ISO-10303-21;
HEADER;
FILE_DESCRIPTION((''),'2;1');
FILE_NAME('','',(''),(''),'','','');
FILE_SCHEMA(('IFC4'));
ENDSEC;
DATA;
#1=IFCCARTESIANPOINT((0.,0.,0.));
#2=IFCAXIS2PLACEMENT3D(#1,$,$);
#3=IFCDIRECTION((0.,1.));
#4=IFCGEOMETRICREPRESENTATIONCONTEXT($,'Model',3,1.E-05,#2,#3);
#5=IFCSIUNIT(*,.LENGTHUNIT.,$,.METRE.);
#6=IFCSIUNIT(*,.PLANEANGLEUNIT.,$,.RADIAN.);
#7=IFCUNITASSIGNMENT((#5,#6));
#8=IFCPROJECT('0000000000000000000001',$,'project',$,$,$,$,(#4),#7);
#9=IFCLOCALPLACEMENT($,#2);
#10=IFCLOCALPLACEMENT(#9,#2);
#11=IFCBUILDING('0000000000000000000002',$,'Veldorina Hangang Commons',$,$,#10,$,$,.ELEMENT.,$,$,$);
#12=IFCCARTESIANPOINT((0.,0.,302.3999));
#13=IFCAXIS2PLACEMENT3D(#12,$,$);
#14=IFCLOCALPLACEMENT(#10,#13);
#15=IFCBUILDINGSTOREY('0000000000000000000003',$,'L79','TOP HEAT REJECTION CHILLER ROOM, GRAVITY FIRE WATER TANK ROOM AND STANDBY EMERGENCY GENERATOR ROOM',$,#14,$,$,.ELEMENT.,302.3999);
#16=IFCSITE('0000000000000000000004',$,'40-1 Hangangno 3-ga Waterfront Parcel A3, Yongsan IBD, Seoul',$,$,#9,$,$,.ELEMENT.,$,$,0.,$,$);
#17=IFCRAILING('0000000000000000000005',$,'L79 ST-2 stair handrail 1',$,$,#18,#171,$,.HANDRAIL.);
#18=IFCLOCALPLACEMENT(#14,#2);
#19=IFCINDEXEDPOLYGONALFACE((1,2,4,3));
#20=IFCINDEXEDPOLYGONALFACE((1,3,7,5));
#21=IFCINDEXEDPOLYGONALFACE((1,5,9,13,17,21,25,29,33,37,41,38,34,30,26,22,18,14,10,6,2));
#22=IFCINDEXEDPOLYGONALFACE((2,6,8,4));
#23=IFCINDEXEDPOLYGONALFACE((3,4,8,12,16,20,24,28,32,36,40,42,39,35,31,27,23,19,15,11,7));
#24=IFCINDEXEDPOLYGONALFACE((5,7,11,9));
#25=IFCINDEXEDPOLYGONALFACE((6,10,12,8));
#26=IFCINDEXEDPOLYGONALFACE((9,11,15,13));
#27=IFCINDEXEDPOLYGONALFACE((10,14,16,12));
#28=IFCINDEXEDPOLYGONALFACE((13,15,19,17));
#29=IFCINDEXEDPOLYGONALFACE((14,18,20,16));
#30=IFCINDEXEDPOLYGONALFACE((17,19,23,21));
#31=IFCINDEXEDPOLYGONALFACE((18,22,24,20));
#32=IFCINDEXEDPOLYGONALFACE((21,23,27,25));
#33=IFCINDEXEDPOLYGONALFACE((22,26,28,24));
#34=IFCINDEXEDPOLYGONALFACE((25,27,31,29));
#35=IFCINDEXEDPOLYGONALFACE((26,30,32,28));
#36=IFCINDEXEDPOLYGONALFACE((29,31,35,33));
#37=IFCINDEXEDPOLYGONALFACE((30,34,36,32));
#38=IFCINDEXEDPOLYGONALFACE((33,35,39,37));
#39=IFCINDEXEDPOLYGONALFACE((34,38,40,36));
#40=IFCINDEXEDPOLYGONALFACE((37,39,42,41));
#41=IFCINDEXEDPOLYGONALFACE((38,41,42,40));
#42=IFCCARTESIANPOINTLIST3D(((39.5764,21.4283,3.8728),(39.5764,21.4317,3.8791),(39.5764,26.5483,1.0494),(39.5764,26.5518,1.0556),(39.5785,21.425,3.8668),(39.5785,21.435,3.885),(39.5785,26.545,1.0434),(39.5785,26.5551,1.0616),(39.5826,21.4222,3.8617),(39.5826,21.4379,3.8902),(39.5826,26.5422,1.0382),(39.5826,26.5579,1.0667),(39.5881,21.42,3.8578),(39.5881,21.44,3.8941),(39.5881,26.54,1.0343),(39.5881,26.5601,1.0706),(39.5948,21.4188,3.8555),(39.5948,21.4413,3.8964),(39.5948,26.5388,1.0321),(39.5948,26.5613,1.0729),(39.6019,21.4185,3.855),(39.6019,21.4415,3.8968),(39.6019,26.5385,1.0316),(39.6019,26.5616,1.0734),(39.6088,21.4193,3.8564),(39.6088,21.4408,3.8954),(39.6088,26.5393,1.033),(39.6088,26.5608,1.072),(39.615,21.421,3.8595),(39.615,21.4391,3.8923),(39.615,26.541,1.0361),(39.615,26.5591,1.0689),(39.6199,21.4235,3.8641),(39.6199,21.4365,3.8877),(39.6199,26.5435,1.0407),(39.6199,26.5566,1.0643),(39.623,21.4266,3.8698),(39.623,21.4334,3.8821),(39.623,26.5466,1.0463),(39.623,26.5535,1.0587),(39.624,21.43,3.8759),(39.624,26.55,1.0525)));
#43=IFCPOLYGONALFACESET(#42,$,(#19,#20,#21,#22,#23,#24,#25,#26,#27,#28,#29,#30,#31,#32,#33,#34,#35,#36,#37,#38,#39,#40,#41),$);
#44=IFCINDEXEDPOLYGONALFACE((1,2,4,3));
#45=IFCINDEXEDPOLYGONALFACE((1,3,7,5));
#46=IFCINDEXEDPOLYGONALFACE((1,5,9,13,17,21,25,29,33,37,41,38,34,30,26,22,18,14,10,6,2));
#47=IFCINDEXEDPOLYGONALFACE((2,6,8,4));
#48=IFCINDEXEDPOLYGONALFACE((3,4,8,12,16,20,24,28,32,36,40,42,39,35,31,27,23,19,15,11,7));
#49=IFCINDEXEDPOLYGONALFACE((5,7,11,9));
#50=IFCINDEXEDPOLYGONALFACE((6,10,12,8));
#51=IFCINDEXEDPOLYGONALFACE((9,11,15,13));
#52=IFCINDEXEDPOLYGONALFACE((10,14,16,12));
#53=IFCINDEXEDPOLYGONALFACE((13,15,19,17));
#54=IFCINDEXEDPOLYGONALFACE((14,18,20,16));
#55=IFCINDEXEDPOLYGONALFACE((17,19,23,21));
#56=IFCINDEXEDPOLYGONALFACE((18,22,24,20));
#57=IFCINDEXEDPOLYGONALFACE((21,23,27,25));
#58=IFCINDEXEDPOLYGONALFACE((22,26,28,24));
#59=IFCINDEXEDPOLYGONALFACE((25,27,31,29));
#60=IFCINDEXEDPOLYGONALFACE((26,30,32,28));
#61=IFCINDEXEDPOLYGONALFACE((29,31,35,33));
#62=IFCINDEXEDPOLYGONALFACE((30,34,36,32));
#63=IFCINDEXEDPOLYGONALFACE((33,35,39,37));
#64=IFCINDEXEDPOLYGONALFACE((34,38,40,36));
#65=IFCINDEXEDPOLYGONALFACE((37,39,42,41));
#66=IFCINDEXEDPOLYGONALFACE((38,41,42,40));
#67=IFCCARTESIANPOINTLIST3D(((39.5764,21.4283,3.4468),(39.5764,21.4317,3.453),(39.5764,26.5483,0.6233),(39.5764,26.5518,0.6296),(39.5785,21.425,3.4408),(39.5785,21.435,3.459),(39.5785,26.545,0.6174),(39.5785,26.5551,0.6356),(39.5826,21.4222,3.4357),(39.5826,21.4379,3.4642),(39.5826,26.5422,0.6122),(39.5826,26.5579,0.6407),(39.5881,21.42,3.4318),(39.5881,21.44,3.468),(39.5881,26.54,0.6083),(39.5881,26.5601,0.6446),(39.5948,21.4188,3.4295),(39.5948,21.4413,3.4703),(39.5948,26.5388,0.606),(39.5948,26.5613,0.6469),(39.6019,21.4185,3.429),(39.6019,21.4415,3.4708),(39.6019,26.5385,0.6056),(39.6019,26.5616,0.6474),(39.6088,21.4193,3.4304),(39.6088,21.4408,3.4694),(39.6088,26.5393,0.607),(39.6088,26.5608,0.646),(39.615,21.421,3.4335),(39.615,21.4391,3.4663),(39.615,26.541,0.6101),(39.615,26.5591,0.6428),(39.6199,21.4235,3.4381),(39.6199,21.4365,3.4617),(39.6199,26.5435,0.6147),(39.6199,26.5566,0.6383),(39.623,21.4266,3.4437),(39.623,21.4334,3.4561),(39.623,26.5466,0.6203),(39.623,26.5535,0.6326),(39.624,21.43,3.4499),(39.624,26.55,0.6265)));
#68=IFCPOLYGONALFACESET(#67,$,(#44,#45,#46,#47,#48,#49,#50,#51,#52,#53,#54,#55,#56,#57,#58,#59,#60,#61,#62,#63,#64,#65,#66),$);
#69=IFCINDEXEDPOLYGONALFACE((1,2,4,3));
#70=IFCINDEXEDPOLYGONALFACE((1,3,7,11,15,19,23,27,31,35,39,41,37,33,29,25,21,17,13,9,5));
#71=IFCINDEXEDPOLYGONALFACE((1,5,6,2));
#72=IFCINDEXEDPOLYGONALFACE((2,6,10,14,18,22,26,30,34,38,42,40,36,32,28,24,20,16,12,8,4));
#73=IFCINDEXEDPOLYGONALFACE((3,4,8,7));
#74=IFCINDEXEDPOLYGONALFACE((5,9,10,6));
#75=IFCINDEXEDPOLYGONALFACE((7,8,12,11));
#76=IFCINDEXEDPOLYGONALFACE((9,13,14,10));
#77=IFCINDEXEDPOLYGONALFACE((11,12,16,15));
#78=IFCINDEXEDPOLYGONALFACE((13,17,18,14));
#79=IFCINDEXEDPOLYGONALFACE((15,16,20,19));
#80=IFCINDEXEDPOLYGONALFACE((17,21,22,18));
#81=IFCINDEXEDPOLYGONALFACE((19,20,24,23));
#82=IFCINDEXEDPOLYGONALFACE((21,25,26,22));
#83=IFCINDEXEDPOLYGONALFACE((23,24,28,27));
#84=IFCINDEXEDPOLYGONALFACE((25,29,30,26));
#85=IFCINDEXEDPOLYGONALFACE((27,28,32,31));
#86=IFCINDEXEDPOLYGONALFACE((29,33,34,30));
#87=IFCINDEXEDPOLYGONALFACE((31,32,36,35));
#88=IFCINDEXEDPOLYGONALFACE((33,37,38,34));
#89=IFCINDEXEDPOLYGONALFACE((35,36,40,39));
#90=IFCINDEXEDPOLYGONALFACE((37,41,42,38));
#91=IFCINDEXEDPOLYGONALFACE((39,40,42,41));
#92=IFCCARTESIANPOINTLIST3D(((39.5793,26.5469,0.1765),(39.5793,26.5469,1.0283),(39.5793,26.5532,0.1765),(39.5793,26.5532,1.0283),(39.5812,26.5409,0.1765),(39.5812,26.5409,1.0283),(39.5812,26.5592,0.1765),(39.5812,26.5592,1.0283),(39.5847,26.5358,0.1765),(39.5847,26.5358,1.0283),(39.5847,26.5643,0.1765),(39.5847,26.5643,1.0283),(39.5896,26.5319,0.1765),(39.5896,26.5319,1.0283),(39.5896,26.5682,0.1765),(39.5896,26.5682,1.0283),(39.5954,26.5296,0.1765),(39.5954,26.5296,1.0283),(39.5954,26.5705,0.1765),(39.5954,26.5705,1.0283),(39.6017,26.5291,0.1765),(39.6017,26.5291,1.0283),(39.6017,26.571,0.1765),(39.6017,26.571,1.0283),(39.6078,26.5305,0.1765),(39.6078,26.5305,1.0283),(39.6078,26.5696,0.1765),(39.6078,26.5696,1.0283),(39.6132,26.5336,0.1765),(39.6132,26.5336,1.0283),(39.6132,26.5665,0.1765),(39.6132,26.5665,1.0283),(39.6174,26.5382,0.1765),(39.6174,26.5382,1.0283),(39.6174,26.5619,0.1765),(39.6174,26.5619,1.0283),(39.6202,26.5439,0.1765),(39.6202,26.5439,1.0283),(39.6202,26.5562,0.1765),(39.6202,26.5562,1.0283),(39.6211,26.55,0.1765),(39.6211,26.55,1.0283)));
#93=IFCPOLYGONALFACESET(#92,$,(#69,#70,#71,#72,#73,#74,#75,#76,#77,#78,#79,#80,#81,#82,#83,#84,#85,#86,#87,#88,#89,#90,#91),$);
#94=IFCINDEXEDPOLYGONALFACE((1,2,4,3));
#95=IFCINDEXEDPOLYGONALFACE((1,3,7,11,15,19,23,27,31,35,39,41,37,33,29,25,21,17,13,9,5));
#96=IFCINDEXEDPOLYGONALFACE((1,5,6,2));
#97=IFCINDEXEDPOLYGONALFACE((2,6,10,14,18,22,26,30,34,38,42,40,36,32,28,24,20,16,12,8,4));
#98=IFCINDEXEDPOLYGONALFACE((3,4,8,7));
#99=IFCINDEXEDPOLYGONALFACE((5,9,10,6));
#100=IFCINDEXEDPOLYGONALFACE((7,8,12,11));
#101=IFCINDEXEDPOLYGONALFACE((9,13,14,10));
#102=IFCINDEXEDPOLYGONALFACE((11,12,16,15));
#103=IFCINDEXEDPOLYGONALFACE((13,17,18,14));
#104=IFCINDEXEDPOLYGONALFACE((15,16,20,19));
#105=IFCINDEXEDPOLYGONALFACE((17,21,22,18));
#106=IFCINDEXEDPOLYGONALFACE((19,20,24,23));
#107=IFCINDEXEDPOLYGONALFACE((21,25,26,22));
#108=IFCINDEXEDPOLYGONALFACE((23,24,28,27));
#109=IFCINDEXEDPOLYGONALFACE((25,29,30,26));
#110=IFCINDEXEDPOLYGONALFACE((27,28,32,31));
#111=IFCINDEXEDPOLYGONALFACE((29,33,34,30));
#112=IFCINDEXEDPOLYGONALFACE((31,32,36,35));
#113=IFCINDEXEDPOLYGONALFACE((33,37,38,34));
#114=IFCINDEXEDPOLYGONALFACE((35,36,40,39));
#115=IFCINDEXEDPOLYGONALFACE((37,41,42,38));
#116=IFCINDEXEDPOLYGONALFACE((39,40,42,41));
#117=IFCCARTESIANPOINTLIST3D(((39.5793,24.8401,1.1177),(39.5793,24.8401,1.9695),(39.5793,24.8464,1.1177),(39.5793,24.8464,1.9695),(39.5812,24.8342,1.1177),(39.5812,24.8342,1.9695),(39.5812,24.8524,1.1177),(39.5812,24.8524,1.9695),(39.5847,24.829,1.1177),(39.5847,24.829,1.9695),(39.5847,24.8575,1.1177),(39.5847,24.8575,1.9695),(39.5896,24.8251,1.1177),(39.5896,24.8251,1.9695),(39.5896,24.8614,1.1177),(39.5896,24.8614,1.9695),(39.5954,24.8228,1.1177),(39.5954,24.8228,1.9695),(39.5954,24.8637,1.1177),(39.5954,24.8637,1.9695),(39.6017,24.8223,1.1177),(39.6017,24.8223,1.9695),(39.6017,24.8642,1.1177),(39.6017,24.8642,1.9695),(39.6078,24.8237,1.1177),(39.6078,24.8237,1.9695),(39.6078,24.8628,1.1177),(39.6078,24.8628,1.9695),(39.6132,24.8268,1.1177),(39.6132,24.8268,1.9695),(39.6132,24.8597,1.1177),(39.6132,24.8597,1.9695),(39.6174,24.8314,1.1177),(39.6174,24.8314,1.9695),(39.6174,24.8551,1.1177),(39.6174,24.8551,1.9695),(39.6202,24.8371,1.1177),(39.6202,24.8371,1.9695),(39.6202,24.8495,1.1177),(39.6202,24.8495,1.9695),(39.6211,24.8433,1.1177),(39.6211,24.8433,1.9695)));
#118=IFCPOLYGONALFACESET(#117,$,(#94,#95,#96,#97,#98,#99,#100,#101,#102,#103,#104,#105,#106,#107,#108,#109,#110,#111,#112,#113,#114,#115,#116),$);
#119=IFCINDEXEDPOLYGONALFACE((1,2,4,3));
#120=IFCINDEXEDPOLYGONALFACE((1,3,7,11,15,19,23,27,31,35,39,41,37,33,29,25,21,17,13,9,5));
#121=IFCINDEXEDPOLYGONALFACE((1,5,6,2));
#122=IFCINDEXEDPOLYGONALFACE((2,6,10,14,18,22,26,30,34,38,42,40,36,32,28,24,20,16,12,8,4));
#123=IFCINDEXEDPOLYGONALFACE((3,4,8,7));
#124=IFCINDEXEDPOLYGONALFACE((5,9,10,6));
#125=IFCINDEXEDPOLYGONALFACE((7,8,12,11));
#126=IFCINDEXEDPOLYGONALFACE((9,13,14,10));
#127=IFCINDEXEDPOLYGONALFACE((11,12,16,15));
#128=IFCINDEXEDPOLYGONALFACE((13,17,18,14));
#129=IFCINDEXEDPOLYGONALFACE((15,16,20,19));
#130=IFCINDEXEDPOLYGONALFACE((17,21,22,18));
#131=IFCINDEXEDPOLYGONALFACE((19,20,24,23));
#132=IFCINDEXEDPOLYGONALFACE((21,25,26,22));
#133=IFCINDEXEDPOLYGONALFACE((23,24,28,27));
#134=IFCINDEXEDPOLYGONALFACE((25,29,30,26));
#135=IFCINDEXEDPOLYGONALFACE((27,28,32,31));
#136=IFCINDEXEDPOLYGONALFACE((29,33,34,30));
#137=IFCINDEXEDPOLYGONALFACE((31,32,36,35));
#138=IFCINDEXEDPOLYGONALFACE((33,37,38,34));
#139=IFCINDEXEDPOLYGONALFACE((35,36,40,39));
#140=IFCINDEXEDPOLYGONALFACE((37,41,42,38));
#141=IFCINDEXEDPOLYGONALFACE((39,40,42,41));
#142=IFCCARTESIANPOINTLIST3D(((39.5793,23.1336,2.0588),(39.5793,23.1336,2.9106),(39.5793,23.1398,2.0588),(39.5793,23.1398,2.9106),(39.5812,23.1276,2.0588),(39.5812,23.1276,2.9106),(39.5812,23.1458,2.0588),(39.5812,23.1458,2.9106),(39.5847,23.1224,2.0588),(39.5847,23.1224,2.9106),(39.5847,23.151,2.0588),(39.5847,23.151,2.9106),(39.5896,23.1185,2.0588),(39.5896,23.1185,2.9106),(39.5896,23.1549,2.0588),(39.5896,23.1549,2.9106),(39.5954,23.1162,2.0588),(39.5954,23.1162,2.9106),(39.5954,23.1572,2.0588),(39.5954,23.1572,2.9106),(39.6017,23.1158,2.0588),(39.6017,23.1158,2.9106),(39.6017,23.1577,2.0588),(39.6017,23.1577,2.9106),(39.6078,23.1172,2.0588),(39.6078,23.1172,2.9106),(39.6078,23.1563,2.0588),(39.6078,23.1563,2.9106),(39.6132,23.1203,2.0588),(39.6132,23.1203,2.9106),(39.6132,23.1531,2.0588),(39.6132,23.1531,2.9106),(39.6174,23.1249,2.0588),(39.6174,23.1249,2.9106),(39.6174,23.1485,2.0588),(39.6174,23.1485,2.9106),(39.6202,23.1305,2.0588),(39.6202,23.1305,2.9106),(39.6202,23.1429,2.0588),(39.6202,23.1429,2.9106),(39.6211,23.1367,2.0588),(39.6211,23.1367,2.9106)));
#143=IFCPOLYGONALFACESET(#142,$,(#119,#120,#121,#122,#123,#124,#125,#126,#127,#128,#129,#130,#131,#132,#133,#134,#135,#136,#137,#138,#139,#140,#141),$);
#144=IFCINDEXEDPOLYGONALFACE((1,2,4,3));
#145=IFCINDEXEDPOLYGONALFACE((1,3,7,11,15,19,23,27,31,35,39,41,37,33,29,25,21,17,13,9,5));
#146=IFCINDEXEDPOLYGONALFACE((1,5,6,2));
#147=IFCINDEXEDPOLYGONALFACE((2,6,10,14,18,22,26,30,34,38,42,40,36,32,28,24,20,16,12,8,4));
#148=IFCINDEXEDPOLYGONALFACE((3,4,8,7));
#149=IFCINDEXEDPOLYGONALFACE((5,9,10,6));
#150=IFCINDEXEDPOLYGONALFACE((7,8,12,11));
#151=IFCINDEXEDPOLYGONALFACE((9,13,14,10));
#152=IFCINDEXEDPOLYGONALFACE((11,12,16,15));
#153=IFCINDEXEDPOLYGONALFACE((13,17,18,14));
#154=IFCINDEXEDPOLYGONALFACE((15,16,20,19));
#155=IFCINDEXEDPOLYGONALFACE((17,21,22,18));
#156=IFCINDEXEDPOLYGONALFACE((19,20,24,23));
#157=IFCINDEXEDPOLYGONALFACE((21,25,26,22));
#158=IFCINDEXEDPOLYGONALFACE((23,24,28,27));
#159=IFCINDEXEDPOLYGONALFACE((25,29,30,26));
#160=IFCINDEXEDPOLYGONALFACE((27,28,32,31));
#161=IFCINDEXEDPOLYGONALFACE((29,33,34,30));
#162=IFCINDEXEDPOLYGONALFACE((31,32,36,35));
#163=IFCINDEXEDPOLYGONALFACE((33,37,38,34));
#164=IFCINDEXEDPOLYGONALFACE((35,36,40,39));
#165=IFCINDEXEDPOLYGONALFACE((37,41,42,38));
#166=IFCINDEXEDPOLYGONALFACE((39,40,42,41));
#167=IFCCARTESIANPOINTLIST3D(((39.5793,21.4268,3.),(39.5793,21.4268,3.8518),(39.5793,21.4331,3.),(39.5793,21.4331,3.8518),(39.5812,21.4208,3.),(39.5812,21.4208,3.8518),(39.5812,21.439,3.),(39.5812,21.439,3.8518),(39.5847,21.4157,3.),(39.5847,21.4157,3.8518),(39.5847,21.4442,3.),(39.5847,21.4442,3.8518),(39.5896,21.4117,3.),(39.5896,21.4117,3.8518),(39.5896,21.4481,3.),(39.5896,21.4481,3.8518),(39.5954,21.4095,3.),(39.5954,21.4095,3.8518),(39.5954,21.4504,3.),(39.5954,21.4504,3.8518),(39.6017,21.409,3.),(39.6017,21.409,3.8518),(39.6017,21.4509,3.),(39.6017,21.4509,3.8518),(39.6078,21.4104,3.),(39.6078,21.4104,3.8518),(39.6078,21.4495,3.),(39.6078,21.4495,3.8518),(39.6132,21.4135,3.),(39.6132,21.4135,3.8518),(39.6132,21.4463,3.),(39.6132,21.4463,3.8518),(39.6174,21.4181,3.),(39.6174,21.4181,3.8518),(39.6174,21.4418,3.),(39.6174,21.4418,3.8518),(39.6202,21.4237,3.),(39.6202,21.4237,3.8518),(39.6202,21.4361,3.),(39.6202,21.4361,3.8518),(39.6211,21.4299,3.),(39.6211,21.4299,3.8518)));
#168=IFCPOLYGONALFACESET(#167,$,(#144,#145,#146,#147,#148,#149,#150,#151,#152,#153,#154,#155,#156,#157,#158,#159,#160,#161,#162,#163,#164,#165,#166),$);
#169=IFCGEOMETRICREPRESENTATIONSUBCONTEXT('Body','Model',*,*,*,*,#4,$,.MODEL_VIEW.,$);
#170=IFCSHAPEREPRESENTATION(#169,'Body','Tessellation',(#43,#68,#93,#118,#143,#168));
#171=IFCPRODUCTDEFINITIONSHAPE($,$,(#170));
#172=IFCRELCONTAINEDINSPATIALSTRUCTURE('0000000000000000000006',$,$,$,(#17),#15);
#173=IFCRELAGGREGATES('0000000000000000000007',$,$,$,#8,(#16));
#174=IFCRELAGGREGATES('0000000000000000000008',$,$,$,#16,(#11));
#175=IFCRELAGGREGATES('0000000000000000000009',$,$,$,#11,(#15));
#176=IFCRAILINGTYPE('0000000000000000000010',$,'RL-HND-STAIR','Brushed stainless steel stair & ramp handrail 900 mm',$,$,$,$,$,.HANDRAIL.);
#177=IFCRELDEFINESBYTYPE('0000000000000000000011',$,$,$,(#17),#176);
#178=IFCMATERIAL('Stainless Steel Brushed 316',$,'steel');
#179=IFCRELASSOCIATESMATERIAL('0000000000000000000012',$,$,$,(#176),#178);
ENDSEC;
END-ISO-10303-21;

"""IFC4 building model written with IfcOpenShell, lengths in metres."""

from ifc_helpers import new_model, si_unit, direction, frame, origin, origin_2d, place, context, subcontext, project, spatial, circle, extrude, material, type_object, element, save


model = new_model("IFC4")

# Units and contexts
model_context = context("Model", 3, precision=1e-05, world=origin(), true_north=direction((0.0, 1.0)))
body_context = subcontext(model_context, "Body", "Model", "MODEL_VIEW")
ifc_project = project(units=[si_unit("LENGTHUNIT", "METRE"), si_unit("PLANEANGLEUNIT", "RADIAN")], contexts=[model_context])

# Site, building, storey
site_placement = place(None, origin())
site = spatial("IfcSite", under=ifc_project, at=site_placement, Name="40-1 Hangangno 3-ga Waterfront Parcel A3, Yongsan IBD, Seoul", CompositionType="ELEMENT", RefElevation=0.0)
building_placement = place(site_placement, origin())
building = spatial("IfcBuilding", under=site, at=building_placement, Name="Veldorina Hangang Commons", CompositionType="ELEMENT")
storey_placement = place(building_placement, frame((0.0, 0.0, 302.3999)))
storey = spatial("IfcBuildingStorey", under=building, at=storey_placement, Name="L79", Description="TOP HEAT REJECTION CHILLER ROOM, GRAVITY FIRE WATER TANK ROOM AND STANDBY EMERGENCY GENERATOR ROOM", CompositionType="ELEMENT", Elevation=302.3999)

# Railing
ifc_material_1 = material(Name="Stainless Steel Brushed 316", Category="steel")
railing_type = type_object("IfcRailingType", Name="RL-HND-STAIR", Description="Brushed stainless steel stair & ramp handrail 900 mm", PredefinedType="HANDRAIL", material=ifc_material_1)
railing_placement = place(storey_placement, frame((39.6001, 26.55, 0.1765)))
element("IfcRailing", 1, at=railing_placement, inside=storey, type_object=railing_type, Name="L79 ST-2 stair handrail 1", PredefinedType="HANDRAIL", context=body_context, shape_type="SweptSolid", body=[
    extrude(circle(Radius=0.0239, at=origin_2d()), frame((0.0, 0.0, 0.876), z_axis=(0.0, -0.875679, 0.482893), x_axis=(1.0, 0.0, 0.0)), (0.0, 0.0, 1.0), 5.8469),
    extrude(circle(Radius=0.0239, at=origin_2d()), frame((0.0, 0.0, 0.45), z_axis=(0.0, -0.875679, 0.482893), x_axis=(1.0, 0.0, 0.0)), (0.0, 0.0, 1.0), 5.8469),
    extrude(circle(Radius=0.021, at=origin_2d()), origin(), (0.0, 0.0, 1.0), 0.8518),
    extrude(circle(Radius=0.021, at=origin_2d()), frame((0.0, -1.7068, 0.9412)), (0.0, 0.0, 1.0), 0.8518),
    extrude(circle(Radius=0.021, at=origin_2d()), frame((0.0, -3.4133, 1.8823)), (0.0, 0.0, 1.0), 0.8518),
    extrude(circle(Radius=0.021, at=origin_2d()), frame((0.0, -5.1201, 2.8235)), (0.0, 0.0, 1.0), 0.8518),
])

save(model, "model.ifc")
